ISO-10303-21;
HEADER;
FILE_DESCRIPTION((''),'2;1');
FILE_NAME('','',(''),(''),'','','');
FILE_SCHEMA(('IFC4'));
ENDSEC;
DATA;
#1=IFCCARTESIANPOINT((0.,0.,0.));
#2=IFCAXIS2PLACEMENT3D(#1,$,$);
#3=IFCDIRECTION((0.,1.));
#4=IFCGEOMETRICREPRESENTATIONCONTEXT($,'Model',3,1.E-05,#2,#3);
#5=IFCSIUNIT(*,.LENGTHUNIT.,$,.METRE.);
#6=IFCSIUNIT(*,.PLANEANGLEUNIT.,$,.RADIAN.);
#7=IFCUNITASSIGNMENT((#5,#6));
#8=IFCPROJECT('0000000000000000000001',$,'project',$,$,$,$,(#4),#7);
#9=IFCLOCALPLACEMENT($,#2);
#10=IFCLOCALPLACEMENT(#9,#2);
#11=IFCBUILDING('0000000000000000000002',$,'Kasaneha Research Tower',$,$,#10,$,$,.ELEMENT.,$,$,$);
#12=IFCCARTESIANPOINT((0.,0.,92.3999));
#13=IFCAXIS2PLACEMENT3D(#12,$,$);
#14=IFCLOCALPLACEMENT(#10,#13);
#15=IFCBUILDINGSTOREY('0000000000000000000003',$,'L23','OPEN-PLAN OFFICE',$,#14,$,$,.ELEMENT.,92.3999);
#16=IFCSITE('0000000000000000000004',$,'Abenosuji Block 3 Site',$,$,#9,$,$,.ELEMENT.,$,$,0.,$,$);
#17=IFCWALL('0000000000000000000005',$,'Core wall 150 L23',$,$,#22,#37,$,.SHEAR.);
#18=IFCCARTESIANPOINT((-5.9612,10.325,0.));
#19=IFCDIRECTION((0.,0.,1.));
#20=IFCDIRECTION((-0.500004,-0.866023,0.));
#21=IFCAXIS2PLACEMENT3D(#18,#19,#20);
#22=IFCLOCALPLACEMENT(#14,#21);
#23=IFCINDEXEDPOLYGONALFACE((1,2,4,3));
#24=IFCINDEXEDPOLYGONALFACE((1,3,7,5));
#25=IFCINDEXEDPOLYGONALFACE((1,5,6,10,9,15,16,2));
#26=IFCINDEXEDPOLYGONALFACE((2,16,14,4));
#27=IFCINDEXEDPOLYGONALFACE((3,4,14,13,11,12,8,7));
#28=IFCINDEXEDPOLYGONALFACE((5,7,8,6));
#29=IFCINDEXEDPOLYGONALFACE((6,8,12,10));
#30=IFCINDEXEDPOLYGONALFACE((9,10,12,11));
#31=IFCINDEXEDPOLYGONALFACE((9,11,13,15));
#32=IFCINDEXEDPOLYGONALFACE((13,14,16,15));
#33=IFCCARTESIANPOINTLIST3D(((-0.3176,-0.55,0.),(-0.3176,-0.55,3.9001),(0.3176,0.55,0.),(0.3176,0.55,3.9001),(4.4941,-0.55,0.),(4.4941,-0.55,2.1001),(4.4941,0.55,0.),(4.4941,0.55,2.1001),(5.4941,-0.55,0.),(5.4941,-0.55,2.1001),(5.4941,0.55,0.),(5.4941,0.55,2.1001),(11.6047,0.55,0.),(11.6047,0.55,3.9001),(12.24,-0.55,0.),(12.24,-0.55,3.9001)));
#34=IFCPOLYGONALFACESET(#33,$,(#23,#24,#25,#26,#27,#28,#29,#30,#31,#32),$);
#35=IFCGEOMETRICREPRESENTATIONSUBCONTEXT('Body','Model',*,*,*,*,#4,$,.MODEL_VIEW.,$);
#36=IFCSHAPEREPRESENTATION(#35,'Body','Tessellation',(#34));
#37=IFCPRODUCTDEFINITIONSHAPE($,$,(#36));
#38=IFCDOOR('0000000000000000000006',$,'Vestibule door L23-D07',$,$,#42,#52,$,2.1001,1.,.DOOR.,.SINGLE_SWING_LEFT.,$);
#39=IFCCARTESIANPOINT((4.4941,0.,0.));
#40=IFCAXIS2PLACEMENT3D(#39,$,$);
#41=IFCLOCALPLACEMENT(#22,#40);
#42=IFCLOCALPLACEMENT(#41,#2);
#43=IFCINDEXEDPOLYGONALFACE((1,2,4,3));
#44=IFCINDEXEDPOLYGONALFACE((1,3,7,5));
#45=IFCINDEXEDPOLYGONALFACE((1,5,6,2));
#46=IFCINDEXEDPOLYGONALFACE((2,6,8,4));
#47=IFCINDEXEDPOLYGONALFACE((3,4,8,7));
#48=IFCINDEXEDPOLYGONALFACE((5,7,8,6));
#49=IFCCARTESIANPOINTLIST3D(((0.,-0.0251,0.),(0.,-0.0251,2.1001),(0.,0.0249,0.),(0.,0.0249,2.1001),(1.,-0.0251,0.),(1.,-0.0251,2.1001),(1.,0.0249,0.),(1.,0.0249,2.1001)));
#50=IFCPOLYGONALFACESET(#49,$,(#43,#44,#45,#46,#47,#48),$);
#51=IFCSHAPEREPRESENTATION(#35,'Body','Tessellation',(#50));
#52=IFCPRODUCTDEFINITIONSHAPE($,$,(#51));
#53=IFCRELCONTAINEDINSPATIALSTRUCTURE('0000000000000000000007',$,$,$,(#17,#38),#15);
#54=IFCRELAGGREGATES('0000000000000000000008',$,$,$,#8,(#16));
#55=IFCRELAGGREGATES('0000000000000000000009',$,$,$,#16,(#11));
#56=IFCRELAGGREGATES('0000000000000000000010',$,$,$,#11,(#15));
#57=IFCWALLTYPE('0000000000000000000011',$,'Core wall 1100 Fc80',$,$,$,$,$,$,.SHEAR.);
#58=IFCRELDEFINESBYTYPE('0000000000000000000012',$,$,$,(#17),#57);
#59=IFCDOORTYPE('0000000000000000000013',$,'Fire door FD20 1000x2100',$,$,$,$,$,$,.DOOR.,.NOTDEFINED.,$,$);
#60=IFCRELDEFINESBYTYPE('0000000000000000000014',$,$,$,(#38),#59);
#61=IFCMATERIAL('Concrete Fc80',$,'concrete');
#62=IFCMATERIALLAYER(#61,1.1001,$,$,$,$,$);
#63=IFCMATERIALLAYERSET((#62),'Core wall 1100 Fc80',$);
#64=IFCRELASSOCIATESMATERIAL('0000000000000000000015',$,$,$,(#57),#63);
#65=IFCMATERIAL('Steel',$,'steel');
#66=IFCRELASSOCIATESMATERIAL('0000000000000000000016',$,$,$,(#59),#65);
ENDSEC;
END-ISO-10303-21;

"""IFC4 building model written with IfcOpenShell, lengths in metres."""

from ifc_helpers import new_model, si_unit, direction, frame, frame_2d, origin, place, context, subcontext, project, spatial, polyline, rectangle, outline, extrude, material, layer, layer_set, type_object, element, fill, save


model = new_model("IFC4")

# Units and contexts
model_context = context("Model", 3, precision=1e-05, world=origin(), true_north=direction((0.0, 1.0)))
body_context = subcontext(model_context, "Body", "Model", "MODEL_VIEW")
ifc_project = project(units=[si_unit("LENGTHUNIT", "METRE"), si_unit("PLANEANGLEUNIT", "RADIAN")], contexts=[model_context])

# Site, building, storey
site_placement = place(None, origin())
site = spatial("IfcSite", under=ifc_project, at=site_placement, Name="Abenosuji Block 3 Site", CompositionType="ELEMENT", RefElevation=0.0)
building_placement = place(site_placement, origin())
building = spatial("IfcBuilding", under=site, at=building_placement, Name="Kasaneha Research Tower", CompositionType="ELEMENT")
storey_placement = place(building_placement, frame((0.0, 0.0, 92.3999)))
storey = spatial("IfcBuildingStorey", under=building, at=storey_placement, Name="L23", Description="OPEN-PLAN OFFICE", CompositionType="ELEMENT", Elevation=92.3999)

# Wall, opening, door
ifc_material_1 = material(Name="Concrete Fc80", Category="concrete")
ifc_layer_1 = layer(ifc_material_1, 1.1001)
ifc_layer_set_1 = layer_set([ifc_layer_1], Name="Core wall 1100 Fc80")
wall_type_1 = type_object("IfcWallType", Name="Core wall 1100 Fc80", PredefinedType="SHEAR", material=ifc_layer_set_1)
wall_1_placement = place(storey_placement, frame((-5.9612, 10.325, 0.0), z_axis=(0.0, 0.0, 1.0), x_axis=(-0.500004, -0.866023, 0.0)))
wall_1 = element("IfcWall", 1, at=wall_1_placement, inside=storey, type_object=wall_type_1, Name="Core wall 150 L23", PredefinedType="SHEAR", context=body_context, shape_type="SweptSolid", body=[
    extrude(outline(polyline([(-0.3176, -0.55), (4.4941, -0.55), (5.4941, -0.55), (12.24, -0.55), (11.6047, 0.55), (5.4941, 0.55), (4.4941, 0.55), (0.3176, 0.55), (-0.3176, -0.55)])), origin(), (0.0, 0.0, 1.0), 3.9001),
])
opening_1_placement = place(wall_1_placement, frame((4.4941, 0.0, 0.0)))
opening_1 = element("IfcOpeningElement", 2, at=opening_1_placement, cuts=wall_1, PredefinedType="OPENING", context=body_context, shape_type="SweptSolid", body=[
    extrude(rectangle(XDim=1.0, YDim=2.1001, at=frame_2d((0.5, 1.05))), frame((0.0, 0.5601, 0.0), z_axis=(0.0, -1.0, 0.0), x_axis=(1.0, 0.0, 0.0)), (0.0, 0.0, 1.0), 1.1201),
])
ifc_material_2 = material(Name="Steel", Category="steel")
door_type_1 = type_object("IfcDoorType", Name="Fire door FD20 1000x2100", OperationType="NOTDEFINED", PredefinedType="DOOR", material=ifc_material_2)
door_1_placement = place(opening_1_placement, origin())
door_1 = element("IfcDoor", 3, at=door_1_placement, inside=storey, type_object=door_type_1, Name="Vestibule door L23-D07", OperationType="SINGLE_SWING_LEFT", OverallHeight=2.1001, OverallWidth=1.0, PredefinedType="DOOR", context=body_context, shape_type="SweptSolid", body=[
    extrude(rectangle(XDim=1.0, YDim=2.1001, at=frame_2d((0.5, 1.05))), frame((0.0, 0.0249, 0.0), z_axis=(0.0, -1.0, 0.0), x_axis=(1.0, 0.0, 0.0)), (0.0, 0.0, 1.0), 0.05),
])
fill(opening_1, door_1)

save(model, "model.ifc")
